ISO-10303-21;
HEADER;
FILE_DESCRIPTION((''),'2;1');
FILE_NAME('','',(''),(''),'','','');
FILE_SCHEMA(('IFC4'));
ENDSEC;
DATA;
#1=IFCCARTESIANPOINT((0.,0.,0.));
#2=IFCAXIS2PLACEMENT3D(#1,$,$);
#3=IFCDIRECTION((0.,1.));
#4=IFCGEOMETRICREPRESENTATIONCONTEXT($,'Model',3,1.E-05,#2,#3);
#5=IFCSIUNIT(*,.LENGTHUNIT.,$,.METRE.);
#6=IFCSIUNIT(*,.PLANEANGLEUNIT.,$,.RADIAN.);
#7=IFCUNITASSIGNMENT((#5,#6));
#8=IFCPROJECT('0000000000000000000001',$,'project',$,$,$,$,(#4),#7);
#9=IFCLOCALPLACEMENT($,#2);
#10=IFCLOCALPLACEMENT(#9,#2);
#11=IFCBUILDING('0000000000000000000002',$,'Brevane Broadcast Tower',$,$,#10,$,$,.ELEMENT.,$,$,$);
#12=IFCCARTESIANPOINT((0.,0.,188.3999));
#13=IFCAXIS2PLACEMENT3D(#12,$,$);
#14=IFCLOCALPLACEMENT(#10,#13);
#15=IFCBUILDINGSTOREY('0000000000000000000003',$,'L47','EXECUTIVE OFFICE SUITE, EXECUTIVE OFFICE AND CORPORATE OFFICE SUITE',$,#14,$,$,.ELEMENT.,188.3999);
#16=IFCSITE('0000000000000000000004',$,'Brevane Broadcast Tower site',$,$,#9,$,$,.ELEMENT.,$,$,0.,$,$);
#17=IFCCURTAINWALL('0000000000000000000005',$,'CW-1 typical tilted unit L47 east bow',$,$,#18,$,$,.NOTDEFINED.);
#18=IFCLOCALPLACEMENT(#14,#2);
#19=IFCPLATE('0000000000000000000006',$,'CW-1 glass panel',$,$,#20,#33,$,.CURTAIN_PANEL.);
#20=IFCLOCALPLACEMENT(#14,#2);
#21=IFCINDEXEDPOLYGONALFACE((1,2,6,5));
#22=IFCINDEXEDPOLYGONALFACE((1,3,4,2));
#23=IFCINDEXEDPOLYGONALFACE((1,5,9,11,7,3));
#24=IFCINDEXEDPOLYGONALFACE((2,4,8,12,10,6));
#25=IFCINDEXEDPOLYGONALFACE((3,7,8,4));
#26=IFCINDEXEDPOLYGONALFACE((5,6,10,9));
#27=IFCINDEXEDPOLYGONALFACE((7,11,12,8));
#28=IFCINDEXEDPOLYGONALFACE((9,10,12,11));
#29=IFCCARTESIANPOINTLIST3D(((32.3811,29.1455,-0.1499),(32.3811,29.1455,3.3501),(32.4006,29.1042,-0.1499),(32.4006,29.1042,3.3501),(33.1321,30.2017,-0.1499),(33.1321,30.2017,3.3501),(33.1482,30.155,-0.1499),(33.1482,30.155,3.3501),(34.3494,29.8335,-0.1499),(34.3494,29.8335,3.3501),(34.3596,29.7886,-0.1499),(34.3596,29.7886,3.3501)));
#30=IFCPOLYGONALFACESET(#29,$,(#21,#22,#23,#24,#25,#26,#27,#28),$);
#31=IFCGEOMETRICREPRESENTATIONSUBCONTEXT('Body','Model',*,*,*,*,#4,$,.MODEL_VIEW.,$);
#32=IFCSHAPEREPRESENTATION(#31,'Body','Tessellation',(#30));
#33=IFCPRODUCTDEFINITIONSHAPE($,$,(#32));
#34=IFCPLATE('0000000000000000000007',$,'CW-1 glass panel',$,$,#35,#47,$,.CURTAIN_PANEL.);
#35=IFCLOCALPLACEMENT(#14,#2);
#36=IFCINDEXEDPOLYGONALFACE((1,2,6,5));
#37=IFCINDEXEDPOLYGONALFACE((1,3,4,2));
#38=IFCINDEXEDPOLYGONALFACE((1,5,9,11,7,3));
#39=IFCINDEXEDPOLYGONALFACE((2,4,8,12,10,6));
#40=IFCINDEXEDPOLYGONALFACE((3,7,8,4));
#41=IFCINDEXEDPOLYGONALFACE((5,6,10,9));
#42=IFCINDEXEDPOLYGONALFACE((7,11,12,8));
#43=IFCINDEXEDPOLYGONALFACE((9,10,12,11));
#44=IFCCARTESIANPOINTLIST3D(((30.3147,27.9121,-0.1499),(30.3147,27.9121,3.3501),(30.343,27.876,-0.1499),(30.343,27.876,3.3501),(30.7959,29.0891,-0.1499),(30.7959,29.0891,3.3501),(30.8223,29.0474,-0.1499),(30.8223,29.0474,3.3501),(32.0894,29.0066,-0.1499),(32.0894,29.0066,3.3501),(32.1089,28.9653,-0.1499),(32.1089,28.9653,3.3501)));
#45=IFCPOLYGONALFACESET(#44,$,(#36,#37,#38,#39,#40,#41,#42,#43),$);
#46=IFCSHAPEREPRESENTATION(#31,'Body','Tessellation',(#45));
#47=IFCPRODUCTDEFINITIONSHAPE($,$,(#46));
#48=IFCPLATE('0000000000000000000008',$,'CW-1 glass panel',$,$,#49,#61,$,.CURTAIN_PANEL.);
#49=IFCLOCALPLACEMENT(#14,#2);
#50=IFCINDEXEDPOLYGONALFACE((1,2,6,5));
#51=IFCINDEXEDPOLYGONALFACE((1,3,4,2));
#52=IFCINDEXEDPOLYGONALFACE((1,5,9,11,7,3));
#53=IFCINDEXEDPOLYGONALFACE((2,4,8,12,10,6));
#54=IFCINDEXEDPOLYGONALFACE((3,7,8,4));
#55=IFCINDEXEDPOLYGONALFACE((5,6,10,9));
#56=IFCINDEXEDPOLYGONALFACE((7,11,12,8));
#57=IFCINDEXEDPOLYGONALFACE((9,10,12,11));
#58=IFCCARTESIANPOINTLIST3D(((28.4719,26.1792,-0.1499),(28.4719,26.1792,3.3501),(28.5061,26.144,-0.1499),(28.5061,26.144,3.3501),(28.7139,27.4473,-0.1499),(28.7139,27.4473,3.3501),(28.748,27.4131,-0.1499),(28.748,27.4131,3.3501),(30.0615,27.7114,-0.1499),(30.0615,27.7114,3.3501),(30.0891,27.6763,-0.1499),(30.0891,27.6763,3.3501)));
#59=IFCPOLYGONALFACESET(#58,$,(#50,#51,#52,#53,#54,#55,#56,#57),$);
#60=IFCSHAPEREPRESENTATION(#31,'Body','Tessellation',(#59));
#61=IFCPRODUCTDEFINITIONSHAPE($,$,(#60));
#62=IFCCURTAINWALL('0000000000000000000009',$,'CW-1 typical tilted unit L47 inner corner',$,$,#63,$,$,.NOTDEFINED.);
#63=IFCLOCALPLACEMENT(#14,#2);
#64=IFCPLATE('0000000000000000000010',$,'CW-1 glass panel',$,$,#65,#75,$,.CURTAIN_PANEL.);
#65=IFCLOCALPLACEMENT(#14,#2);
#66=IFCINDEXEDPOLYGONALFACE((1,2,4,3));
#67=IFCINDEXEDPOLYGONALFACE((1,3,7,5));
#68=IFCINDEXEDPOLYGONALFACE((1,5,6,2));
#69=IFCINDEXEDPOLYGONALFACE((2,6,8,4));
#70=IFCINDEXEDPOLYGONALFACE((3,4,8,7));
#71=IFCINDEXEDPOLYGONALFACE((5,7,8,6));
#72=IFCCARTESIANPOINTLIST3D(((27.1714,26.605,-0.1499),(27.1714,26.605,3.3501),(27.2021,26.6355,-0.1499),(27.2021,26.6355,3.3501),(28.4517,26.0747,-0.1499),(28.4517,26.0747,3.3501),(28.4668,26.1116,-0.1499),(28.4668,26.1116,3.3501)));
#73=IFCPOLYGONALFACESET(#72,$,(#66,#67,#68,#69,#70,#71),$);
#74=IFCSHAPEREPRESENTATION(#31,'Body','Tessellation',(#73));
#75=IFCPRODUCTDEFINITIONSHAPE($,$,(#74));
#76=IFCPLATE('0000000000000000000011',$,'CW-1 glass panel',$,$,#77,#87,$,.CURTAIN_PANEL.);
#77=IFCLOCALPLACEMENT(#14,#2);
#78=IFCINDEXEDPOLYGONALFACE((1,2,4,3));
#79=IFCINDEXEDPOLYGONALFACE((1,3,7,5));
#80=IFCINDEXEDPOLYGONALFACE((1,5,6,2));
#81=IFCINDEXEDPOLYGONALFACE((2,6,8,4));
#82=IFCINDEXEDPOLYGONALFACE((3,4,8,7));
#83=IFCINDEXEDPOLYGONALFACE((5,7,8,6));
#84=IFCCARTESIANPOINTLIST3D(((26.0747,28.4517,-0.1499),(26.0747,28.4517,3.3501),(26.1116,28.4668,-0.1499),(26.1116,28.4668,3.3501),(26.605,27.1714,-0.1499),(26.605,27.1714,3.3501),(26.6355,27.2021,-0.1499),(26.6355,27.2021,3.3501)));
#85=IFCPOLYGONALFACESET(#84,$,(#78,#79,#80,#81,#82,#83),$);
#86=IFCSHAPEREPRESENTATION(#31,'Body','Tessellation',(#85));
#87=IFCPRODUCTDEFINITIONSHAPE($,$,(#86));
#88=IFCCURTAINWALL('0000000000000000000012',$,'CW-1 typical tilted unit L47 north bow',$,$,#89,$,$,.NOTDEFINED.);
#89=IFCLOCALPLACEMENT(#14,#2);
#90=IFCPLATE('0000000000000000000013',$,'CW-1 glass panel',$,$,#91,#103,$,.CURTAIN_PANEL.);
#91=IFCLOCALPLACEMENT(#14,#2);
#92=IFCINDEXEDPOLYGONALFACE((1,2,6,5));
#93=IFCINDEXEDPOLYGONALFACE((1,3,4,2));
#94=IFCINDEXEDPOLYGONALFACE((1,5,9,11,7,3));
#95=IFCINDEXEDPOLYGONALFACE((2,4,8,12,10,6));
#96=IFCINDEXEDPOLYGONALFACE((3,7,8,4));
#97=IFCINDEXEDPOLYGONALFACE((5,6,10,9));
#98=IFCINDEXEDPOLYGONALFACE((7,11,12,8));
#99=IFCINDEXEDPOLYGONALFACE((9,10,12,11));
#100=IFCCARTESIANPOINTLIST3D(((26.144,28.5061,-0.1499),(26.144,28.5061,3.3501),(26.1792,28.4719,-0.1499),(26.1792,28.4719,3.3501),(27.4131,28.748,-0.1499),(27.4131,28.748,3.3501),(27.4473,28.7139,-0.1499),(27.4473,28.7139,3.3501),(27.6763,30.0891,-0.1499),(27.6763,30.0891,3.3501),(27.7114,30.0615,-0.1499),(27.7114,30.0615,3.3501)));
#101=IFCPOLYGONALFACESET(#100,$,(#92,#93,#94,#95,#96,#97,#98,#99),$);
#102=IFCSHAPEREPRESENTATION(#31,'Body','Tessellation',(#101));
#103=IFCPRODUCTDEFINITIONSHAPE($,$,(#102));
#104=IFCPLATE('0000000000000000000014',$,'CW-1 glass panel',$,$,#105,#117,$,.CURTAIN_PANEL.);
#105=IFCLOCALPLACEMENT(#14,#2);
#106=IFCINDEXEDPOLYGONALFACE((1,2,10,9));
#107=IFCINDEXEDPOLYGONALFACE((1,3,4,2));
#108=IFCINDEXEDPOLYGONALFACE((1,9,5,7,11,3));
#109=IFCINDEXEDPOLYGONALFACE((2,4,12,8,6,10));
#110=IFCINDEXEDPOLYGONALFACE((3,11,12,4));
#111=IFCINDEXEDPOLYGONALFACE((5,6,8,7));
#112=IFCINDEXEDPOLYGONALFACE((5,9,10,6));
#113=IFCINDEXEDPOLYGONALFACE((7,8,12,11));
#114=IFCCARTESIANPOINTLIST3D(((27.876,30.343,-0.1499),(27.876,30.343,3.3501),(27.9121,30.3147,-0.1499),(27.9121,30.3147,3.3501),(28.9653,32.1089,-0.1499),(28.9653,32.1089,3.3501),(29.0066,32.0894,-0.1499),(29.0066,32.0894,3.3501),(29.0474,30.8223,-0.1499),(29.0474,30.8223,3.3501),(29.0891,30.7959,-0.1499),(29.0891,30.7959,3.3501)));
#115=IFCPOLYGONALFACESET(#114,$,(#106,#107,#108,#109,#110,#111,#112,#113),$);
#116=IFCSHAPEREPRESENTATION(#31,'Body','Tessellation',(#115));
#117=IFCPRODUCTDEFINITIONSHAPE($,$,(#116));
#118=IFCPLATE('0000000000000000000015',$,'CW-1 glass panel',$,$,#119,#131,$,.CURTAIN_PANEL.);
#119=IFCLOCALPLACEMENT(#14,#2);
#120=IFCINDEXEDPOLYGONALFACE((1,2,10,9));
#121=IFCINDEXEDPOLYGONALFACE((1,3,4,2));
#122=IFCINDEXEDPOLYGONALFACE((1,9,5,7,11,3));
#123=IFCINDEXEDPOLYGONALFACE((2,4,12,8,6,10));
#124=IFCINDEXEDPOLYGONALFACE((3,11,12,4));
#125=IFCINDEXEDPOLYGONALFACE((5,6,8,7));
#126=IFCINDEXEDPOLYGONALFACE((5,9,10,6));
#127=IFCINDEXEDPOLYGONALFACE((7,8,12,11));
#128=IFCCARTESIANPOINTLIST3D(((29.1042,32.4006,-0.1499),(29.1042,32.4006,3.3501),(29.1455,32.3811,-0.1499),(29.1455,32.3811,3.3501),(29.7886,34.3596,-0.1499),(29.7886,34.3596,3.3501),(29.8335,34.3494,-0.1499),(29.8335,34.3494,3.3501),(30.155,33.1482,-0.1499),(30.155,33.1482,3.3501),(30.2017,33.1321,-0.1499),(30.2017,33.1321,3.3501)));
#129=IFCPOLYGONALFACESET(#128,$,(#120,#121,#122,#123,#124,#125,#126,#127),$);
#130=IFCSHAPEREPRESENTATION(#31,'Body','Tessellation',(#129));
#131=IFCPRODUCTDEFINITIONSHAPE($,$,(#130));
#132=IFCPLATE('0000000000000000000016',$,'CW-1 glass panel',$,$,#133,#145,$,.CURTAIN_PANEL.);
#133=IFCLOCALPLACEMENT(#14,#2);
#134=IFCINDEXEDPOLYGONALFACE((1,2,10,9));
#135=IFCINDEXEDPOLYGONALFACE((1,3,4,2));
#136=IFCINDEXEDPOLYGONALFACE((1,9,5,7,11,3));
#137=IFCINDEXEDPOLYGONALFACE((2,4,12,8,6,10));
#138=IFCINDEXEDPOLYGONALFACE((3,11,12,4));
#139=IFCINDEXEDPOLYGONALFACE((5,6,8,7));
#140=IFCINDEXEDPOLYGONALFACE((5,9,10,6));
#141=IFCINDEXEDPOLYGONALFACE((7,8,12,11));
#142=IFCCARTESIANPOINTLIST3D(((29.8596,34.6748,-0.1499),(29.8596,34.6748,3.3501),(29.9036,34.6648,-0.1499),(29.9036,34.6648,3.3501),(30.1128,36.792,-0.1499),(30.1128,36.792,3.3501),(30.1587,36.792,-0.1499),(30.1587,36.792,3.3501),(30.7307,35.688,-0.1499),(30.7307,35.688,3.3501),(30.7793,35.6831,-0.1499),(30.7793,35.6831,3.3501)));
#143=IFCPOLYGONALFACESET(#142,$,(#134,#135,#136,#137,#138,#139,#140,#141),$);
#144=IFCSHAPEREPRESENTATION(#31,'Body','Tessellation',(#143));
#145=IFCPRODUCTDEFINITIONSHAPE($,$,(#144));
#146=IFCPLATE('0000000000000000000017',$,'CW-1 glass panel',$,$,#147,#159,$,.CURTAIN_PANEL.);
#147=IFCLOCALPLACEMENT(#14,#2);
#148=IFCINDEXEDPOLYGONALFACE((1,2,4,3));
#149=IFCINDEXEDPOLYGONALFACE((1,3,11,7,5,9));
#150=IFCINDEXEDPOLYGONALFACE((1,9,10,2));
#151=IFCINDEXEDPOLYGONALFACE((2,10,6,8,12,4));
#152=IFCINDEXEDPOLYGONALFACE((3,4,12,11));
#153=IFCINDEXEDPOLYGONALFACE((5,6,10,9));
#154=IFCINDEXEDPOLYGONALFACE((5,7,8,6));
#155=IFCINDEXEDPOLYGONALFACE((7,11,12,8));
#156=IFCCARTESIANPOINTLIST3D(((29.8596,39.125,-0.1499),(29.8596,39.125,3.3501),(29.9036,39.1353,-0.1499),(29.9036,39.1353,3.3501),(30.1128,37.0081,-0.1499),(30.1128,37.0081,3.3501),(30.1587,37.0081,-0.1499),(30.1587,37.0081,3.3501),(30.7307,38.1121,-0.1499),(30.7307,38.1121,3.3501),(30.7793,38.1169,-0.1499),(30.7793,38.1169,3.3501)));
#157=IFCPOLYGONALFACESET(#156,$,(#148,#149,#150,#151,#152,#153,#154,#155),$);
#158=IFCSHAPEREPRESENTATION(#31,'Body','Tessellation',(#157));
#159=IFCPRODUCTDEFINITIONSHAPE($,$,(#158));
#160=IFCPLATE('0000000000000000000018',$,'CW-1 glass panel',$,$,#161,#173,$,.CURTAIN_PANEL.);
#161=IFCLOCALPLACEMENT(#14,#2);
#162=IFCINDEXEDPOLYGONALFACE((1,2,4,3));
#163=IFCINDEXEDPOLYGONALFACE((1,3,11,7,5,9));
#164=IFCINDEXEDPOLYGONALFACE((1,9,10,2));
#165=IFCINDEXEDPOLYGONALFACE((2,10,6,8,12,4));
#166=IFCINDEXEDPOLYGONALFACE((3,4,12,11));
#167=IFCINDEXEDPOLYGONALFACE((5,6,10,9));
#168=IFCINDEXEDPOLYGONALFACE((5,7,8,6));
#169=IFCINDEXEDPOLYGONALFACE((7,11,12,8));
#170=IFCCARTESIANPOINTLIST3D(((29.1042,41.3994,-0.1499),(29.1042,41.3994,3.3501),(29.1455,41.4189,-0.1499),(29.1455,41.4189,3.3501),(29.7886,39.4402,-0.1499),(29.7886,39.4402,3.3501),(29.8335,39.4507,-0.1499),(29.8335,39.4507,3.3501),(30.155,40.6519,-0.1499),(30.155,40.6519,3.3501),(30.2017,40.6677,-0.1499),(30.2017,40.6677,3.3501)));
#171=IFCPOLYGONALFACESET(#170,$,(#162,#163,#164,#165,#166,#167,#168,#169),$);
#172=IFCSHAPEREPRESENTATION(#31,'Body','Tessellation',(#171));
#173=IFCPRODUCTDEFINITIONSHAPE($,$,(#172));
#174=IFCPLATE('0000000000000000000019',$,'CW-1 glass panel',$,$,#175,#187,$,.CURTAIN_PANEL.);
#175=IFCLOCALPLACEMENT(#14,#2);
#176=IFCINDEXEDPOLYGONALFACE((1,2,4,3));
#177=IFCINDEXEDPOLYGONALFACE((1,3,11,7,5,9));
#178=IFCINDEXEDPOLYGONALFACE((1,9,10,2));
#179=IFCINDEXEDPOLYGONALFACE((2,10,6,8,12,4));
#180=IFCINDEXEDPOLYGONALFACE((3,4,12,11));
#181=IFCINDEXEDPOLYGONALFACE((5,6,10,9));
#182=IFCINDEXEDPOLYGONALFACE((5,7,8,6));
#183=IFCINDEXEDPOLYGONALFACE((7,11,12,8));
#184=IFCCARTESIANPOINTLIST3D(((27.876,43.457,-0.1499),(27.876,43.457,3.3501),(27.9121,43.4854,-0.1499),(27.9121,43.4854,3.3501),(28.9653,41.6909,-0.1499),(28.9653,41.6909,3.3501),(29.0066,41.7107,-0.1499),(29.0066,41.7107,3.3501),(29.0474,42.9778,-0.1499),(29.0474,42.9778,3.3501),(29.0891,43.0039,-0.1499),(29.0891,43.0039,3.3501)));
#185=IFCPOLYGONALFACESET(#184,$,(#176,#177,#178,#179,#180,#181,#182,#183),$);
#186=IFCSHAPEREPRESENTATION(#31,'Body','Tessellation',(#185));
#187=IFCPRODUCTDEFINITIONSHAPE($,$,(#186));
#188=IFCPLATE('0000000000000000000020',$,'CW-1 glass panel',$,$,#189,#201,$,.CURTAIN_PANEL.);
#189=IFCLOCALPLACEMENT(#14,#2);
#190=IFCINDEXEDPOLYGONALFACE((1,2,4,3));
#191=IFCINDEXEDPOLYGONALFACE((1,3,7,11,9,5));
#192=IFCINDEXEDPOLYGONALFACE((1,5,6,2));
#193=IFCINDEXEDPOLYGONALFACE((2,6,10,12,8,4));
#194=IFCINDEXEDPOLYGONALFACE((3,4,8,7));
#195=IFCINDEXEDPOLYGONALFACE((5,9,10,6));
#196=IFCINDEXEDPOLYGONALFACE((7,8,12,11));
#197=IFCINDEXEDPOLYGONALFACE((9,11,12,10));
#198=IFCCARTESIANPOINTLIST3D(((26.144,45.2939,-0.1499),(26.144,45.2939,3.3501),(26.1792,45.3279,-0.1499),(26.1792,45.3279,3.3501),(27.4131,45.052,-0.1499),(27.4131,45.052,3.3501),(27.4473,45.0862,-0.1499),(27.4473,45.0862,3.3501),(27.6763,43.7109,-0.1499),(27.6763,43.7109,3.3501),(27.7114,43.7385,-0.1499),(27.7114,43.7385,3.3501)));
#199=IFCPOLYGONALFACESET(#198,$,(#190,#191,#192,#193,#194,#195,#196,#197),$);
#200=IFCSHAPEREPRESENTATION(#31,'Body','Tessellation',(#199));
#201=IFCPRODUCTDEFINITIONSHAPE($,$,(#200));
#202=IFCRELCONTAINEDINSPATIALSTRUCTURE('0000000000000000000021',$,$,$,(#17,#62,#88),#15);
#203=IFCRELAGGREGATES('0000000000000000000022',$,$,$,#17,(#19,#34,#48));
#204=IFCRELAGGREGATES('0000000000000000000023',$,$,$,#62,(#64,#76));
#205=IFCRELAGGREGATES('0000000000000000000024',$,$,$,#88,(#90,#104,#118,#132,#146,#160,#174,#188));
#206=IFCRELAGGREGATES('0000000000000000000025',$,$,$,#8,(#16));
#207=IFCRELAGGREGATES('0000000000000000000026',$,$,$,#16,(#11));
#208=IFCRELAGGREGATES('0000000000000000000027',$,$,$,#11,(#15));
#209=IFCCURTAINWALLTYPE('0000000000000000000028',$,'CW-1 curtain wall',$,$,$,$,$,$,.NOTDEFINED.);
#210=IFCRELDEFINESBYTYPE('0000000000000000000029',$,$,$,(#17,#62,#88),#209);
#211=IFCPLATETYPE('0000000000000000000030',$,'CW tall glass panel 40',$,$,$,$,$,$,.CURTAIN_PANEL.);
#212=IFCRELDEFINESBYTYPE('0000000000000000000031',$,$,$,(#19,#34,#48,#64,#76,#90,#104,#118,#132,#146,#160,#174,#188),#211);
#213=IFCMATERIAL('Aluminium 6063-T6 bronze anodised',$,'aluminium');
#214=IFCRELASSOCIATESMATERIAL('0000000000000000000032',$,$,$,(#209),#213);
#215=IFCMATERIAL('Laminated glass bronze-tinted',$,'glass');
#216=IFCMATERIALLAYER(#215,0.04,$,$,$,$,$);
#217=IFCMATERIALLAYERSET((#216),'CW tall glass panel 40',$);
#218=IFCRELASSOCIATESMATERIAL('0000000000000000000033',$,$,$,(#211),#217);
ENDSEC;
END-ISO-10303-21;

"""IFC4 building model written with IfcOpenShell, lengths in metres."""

from ifc_helpers import new_model, si_unit, direction, frame, origin, place, context, subcontext, project, spatial, polyline, outline, extrude, material, layer, layer_set, type_object, element, aggregate, save


model = new_model("IFC4")

# Units and contexts
model_context = context("Model", 3, precision=1e-05, world=origin(), true_north=direction((0.0, 1.0)))
body_context = subcontext(model_context, "Body", "Model", "MODEL_VIEW")
ifc_project = project(units=[si_unit("LENGTHUNIT", "METRE"), si_unit("PLANEANGLEUNIT", "RADIAN")], contexts=[model_context])

# Site, building, storey
site_placement = place(None, origin())
site = spatial("IfcSite", under=ifc_project, at=site_placement, Name="Brevane Broadcast Tower site", CompositionType="ELEMENT", RefElevation=0.0)
building_placement = place(site_placement, origin())
building = spatial("IfcBuilding", under=site, at=building_placement, Name="Brevane Broadcast Tower", CompositionType="ELEMENT")
storey_placement = place(building_placement, frame((0.0, 0.0, 188.3999)))
storey = spatial("IfcBuildingStorey", under=building, at=storey_placement, Name="L47", Description="EXECUTIVE OFFICE SUITE, EXECUTIVE OFFICE AND CORPORATE OFFICE SUITE", CompositionType="ELEMENT", Elevation=188.3999)

# Curtain walls, plates
ifc_material_1 = material(Name="Aluminium 6063-T6 bronze anodised", Category="aluminium")
curtain_wall_type = type_object("IfcCurtainWallType", Name="CW-1 curtain wall", PredefinedType="NOTDEFINED", material=ifc_material_1)
curtain_wall_1_placement = place(storey_placement, origin())
curtain_wall_1 = element("IfcCurtainWall", 1, at=curtain_wall_1_placement, inside=storey, type_object=curtain_wall_type, Name="CW-1 typical tilted unit L47 east bow", PredefinedType="NOTDEFINED")
ifc_material_2 = material(Name="Laminated glass bronze-tinted", Category="glass")
ifc_layer = layer(ifc_material_2, 0.04)
ifc_layer_set = layer_set([ifc_layer], Name="CW tall glass panel 40")
plate_type = type_object("IfcPlateType", Name="CW tall glass panel 40", PredefinedType="CURTAIN_PANEL", material=ifc_layer_set)
plate_1_placement = place(storey_placement, frame((0.0, 0.0, -0.1499)))
plate_1 = element("IfcPlate", 2, at=plate_1_placement, type_object=plate_type, Name="CW-1 glass panel", PredefinedType="CURTAIN_PANEL", context=body_context, shape_type="SweptSolid", body=[
    extrude(outline(polyline([(34.3596, 29.7886), (34.3494, 29.8335), (33.1321, 30.2017), (32.3811, 29.1455), (32.4006, 29.1042), (33.1482, 30.155), (34.3596, 29.7886)])), origin(), (0.0, 0.0, 1.0), 3.5),
])
plate_2_placement = place(storey_placement, frame((0.0, 0.0, -0.1499)))
plate_2 = element("IfcPlate", 3, at=plate_2_placement, type_object=plate_type, Name="CW-1 glass panel", PredefinedType="CURTAIN_PANEL", context=body_context, shape_type="SweptSolid", body=[
    extrude(outline(polyline([(32.1089, 28.9653), (32.0894, 29.0066), (30.7959, 29.0891), (30.3147, 27.9121), (30.343, 27.876), (30.8223, 29.0474), (32.1089, 28.9653)])), origin(), (0.0, 0.0, 1.0), 3.5),
])
plate_3_placement = place(storey_placement, frame((0.0, 0.0, -0.1499)))
plate_3 = element("IfcPlate", 4, at=plate_3_placement, type_object=plate_type, Name="CW-1 glass panel", PredefinedType="CURTAIN_PANEL", context=body_context, shape_type="SweptSolid", body=[
    extrude(outline(polyline([(30.0891, 27.6763), (30.0615, 27.7114), (28.7139, 27.4473), (28.4719, 26.1792), (28.5061, 26.144), (28.748, 27.4131), (30.0891, 27.6763)])), origin(), (0.0, 0.0, 1.0), 3.5),
])
aggregate(curtain_wall_1, [plate_1, plate_2, plate_3])
curtain_wall_2_placement = place(storey_placement, origin())
curtain_wall_2 = element("IfcCurtainWall", 5, at=curtain_wall_2_placement, inside=storey, type_object=curtain_wall_type, Name="CW-1 typical tilted unit L47 inner corner", PredefinedType="NOTDEFINED")
plate_4_placement = place(storey_placement, frame((0.0, 0.0, -0.1499)))
plate_4 = element("IfcPlate", 6, at=plate_4_placement, type_object=plate_type, Name="CW-1 glass panel", PredefinedType="CURTAIN_PANEL", context=body_context, shape_type="SweptSolid", body=[
    extrude(outline(polyline([(28.4517, 26.0747), (28.4668, 26.1116), (27.2021, 26.6355), (27.1714, 26.605), (28.4517, 26.0747)])), origin(), (0.0, 0.0, 1.0), 3.5),
])
plate_5_placement = place(storey_placement, frame((0.0, 0.0, -0.1499)))
plate_5 = element("IfcPlate", 7, at=plate_5_placement, type_object=plate_type, Name="CW-1 glass panel", PredefinedType="CURTAIN_PANEL", context=body_context, shape_type="SweptSolid", body=[
    extrude(outline(polyline([(26.605, 27.1714), (26.6355, 27.2021), (26.1116, 28.4668), (26.0747, 28.4517), (26.605, 27.1714)])), origin(), (0.0, 0.0, 1.0), 3.5),
])
aggregate(curtain_wall_2, [plate_4, plate_5])
curtain_wall_3_placement = place(storey_placement, origin())
curtain_wall_3 = element("IfcCurtainWall", 8, at=curtain_wall_3_placement, inside=storey, type_object=curtain_wall_type, Name="CW-1 typical tilted unit L47 north bow", PredefinedType="NOTDEFINED")
plate_6_placement = place(storey_placement, frame((0.0, 0.0, -0.1499)))
plate_6 = element("IfcPlate", 9, at=plate_6_placement, type_object=plate_type, Name="CW-1 glass panel", PredefinedType="CURTAIN_PANEL", context=body_context, shape_type="SweptSolid", body=[
    extrude(outline(polyline([(26.144, 28.5061), (26.1792, 28.4719), (27.4473, 28.7139), (27.7114, 30.0615), (27.6763, 30.0891), (27.4131, 28.748), (26.144, 28.5061)])), origin(), (0.0, 0.0, 1.0), 3.5),
])
plate_7_placement = place(storey_placement, frame((0.0, 0.0, -0.1499)))
plate_7 = element("IfcPlate", 10, at=plate_7_placement, type_object=plate_type, Name="CW-1 glass panel", PredefinedType="CURTAIN_PANEL", context=body_context, shape_type="SweptSolid", body=[
    extrude(outline(polyline([(27.876, 30.343), (27.9121, 30.3147), (29.0891, 30.7959), (29.0066, 32.0894), (28.9653, 32.1089), (29.0474, 30.8223), (27.876, 30.343)])), origin(), (0.0, 0.0, 1.0), 3.5),
])
plate_8_placement = place(storey_placement, frame((0.0, 0.0, -0.1499)))
plate_8 = element("IfcPlate", 11, at=plate_8_placement, type_object=plate_type, Name="CW-1 glass panel", PredefinedType="CURTAIN_PANEL", context=body_context, shape_type="SweptSolid", body=[
    extrude(outline(polyline([(29.1042, 32.4006), (29.1455, 32.3811), (30.2017, 33.1321), (29.8335, 34.3494), (29.7886, 34.3596), (30.155, 33.1482), (29.1042, 32.4006)])), origin(), (0.0, 0.0, 1.0), 3.5),
])
plate_9_placement = place(storey_placement, frame((0.0, 0.0, -0.1499)))
plate_9 = element("IfcPlate", 12, at=plate_9_placement, type_object=plate_type, Name="CW-1 glass panel", PredefinedType="CURTAIN_PANEL", context=body_context, shape_type="SweptSolid", body=[
    extrude(outline(polyline([(29.8596, 34.6748), (29.9036, 34.6648), (30.7793, 35.6831), (30.1587, 36.792), (30.1128, 36.792), (30.7307, 35.688), (29.8596, 34.6748)])), origin(), (0.0, 0.0, 1.0), 3.5),
])
plate_10_placement = place(storey_placement, frame((0.0, 0.0, -0.1499)))
plate_10 = element("IfcPlate", 13, at=plate_10_placement, type_object=plate_type, Name="CW-1 glass panel", PredefinedType="CURTAIN_PANEL", context=body_context, shape_type="SweptSolid", body=[
    extrude(outline(polyline([(30.1128, 37.0081), (30.1587, 37.0081), (30.7793, 38.1169), (29.9036, 39.1353), (29.8596, 39.125), (30.7307, 38.1121), (30.1128, 37.0081)])), origin(), (0.0, 0.0, 1.0), 3.5),
])
plate_11_placement = place(storey_placement, frame((0.0, 0.0, -0.1499)))
plate_11 = element("IfcPlate", 14, at=plate_11_placement, type_object=plate_type, Name="CW-1 glass panel", PredefinedType="CURTAIN_PANEL", context=body_context, shape_type="SweptSolid", body=[
    extrude(outline(polyline([(29.7886, 39.4402), (29.8335, 39.4507), (30.2017, 40.6677), (29.1455, 41.4189), (29.1042, 41.3994), (30.155, 40.6519), (29.7886, 39.4402)])), origin(), (0.0, 0.0, 1.0), 3.5),
])
plate_12_placement = place(storey_placement, frame((0.0, 0.0, -0.1499)))
plate_12 = element("IfcPlate", 15, at=plate_12_placement, type_object=plate_type, Name="CW-1 glass panel", PredefinedType="CURTAIN_PANEL", context=body_context, shape_type="SweptSolid", body=[
    extrude(outline(polyline([(28.9653, 41.6909), (29.0066, 41.7107), (29.0891, 43.0039), (27.9121, 43.4854), (27.876, 43.457), (29.0474, 42.9778), (28.9653, 41.6909)])), origin(), (0.0, 0.0, 1.0), 3.5),
])
plate_13_placement = place(storey_placement, frame((0.0, 0.0, -0.1499)))
plate_13 = element("IfcPlate", 16, at=plate_13_placement, type_object=plate_type, Name="CW-1 glass panel", PredefinedType="CURTAIN_PANEL", context=body_context, shape_type="SweptSolid", body=[
    extrude(outline(polyline([(27.6763, 43.7109), (27.7114, 43.7385), (27.4473, 45.0862), (26.1792, 45.3279), (26.144, 45.2939), (27.4131, 45.052), (27.6763, 43.7109)])), origin(), (0.0, 0.0, 1.0), 3.5),
])
aggregate(curtain_wall_3, [plate_6, plate_7, plate_8, plate_9, plate_10, plate_11, plate_12, plate_13])

save(model, "model.ifc")
